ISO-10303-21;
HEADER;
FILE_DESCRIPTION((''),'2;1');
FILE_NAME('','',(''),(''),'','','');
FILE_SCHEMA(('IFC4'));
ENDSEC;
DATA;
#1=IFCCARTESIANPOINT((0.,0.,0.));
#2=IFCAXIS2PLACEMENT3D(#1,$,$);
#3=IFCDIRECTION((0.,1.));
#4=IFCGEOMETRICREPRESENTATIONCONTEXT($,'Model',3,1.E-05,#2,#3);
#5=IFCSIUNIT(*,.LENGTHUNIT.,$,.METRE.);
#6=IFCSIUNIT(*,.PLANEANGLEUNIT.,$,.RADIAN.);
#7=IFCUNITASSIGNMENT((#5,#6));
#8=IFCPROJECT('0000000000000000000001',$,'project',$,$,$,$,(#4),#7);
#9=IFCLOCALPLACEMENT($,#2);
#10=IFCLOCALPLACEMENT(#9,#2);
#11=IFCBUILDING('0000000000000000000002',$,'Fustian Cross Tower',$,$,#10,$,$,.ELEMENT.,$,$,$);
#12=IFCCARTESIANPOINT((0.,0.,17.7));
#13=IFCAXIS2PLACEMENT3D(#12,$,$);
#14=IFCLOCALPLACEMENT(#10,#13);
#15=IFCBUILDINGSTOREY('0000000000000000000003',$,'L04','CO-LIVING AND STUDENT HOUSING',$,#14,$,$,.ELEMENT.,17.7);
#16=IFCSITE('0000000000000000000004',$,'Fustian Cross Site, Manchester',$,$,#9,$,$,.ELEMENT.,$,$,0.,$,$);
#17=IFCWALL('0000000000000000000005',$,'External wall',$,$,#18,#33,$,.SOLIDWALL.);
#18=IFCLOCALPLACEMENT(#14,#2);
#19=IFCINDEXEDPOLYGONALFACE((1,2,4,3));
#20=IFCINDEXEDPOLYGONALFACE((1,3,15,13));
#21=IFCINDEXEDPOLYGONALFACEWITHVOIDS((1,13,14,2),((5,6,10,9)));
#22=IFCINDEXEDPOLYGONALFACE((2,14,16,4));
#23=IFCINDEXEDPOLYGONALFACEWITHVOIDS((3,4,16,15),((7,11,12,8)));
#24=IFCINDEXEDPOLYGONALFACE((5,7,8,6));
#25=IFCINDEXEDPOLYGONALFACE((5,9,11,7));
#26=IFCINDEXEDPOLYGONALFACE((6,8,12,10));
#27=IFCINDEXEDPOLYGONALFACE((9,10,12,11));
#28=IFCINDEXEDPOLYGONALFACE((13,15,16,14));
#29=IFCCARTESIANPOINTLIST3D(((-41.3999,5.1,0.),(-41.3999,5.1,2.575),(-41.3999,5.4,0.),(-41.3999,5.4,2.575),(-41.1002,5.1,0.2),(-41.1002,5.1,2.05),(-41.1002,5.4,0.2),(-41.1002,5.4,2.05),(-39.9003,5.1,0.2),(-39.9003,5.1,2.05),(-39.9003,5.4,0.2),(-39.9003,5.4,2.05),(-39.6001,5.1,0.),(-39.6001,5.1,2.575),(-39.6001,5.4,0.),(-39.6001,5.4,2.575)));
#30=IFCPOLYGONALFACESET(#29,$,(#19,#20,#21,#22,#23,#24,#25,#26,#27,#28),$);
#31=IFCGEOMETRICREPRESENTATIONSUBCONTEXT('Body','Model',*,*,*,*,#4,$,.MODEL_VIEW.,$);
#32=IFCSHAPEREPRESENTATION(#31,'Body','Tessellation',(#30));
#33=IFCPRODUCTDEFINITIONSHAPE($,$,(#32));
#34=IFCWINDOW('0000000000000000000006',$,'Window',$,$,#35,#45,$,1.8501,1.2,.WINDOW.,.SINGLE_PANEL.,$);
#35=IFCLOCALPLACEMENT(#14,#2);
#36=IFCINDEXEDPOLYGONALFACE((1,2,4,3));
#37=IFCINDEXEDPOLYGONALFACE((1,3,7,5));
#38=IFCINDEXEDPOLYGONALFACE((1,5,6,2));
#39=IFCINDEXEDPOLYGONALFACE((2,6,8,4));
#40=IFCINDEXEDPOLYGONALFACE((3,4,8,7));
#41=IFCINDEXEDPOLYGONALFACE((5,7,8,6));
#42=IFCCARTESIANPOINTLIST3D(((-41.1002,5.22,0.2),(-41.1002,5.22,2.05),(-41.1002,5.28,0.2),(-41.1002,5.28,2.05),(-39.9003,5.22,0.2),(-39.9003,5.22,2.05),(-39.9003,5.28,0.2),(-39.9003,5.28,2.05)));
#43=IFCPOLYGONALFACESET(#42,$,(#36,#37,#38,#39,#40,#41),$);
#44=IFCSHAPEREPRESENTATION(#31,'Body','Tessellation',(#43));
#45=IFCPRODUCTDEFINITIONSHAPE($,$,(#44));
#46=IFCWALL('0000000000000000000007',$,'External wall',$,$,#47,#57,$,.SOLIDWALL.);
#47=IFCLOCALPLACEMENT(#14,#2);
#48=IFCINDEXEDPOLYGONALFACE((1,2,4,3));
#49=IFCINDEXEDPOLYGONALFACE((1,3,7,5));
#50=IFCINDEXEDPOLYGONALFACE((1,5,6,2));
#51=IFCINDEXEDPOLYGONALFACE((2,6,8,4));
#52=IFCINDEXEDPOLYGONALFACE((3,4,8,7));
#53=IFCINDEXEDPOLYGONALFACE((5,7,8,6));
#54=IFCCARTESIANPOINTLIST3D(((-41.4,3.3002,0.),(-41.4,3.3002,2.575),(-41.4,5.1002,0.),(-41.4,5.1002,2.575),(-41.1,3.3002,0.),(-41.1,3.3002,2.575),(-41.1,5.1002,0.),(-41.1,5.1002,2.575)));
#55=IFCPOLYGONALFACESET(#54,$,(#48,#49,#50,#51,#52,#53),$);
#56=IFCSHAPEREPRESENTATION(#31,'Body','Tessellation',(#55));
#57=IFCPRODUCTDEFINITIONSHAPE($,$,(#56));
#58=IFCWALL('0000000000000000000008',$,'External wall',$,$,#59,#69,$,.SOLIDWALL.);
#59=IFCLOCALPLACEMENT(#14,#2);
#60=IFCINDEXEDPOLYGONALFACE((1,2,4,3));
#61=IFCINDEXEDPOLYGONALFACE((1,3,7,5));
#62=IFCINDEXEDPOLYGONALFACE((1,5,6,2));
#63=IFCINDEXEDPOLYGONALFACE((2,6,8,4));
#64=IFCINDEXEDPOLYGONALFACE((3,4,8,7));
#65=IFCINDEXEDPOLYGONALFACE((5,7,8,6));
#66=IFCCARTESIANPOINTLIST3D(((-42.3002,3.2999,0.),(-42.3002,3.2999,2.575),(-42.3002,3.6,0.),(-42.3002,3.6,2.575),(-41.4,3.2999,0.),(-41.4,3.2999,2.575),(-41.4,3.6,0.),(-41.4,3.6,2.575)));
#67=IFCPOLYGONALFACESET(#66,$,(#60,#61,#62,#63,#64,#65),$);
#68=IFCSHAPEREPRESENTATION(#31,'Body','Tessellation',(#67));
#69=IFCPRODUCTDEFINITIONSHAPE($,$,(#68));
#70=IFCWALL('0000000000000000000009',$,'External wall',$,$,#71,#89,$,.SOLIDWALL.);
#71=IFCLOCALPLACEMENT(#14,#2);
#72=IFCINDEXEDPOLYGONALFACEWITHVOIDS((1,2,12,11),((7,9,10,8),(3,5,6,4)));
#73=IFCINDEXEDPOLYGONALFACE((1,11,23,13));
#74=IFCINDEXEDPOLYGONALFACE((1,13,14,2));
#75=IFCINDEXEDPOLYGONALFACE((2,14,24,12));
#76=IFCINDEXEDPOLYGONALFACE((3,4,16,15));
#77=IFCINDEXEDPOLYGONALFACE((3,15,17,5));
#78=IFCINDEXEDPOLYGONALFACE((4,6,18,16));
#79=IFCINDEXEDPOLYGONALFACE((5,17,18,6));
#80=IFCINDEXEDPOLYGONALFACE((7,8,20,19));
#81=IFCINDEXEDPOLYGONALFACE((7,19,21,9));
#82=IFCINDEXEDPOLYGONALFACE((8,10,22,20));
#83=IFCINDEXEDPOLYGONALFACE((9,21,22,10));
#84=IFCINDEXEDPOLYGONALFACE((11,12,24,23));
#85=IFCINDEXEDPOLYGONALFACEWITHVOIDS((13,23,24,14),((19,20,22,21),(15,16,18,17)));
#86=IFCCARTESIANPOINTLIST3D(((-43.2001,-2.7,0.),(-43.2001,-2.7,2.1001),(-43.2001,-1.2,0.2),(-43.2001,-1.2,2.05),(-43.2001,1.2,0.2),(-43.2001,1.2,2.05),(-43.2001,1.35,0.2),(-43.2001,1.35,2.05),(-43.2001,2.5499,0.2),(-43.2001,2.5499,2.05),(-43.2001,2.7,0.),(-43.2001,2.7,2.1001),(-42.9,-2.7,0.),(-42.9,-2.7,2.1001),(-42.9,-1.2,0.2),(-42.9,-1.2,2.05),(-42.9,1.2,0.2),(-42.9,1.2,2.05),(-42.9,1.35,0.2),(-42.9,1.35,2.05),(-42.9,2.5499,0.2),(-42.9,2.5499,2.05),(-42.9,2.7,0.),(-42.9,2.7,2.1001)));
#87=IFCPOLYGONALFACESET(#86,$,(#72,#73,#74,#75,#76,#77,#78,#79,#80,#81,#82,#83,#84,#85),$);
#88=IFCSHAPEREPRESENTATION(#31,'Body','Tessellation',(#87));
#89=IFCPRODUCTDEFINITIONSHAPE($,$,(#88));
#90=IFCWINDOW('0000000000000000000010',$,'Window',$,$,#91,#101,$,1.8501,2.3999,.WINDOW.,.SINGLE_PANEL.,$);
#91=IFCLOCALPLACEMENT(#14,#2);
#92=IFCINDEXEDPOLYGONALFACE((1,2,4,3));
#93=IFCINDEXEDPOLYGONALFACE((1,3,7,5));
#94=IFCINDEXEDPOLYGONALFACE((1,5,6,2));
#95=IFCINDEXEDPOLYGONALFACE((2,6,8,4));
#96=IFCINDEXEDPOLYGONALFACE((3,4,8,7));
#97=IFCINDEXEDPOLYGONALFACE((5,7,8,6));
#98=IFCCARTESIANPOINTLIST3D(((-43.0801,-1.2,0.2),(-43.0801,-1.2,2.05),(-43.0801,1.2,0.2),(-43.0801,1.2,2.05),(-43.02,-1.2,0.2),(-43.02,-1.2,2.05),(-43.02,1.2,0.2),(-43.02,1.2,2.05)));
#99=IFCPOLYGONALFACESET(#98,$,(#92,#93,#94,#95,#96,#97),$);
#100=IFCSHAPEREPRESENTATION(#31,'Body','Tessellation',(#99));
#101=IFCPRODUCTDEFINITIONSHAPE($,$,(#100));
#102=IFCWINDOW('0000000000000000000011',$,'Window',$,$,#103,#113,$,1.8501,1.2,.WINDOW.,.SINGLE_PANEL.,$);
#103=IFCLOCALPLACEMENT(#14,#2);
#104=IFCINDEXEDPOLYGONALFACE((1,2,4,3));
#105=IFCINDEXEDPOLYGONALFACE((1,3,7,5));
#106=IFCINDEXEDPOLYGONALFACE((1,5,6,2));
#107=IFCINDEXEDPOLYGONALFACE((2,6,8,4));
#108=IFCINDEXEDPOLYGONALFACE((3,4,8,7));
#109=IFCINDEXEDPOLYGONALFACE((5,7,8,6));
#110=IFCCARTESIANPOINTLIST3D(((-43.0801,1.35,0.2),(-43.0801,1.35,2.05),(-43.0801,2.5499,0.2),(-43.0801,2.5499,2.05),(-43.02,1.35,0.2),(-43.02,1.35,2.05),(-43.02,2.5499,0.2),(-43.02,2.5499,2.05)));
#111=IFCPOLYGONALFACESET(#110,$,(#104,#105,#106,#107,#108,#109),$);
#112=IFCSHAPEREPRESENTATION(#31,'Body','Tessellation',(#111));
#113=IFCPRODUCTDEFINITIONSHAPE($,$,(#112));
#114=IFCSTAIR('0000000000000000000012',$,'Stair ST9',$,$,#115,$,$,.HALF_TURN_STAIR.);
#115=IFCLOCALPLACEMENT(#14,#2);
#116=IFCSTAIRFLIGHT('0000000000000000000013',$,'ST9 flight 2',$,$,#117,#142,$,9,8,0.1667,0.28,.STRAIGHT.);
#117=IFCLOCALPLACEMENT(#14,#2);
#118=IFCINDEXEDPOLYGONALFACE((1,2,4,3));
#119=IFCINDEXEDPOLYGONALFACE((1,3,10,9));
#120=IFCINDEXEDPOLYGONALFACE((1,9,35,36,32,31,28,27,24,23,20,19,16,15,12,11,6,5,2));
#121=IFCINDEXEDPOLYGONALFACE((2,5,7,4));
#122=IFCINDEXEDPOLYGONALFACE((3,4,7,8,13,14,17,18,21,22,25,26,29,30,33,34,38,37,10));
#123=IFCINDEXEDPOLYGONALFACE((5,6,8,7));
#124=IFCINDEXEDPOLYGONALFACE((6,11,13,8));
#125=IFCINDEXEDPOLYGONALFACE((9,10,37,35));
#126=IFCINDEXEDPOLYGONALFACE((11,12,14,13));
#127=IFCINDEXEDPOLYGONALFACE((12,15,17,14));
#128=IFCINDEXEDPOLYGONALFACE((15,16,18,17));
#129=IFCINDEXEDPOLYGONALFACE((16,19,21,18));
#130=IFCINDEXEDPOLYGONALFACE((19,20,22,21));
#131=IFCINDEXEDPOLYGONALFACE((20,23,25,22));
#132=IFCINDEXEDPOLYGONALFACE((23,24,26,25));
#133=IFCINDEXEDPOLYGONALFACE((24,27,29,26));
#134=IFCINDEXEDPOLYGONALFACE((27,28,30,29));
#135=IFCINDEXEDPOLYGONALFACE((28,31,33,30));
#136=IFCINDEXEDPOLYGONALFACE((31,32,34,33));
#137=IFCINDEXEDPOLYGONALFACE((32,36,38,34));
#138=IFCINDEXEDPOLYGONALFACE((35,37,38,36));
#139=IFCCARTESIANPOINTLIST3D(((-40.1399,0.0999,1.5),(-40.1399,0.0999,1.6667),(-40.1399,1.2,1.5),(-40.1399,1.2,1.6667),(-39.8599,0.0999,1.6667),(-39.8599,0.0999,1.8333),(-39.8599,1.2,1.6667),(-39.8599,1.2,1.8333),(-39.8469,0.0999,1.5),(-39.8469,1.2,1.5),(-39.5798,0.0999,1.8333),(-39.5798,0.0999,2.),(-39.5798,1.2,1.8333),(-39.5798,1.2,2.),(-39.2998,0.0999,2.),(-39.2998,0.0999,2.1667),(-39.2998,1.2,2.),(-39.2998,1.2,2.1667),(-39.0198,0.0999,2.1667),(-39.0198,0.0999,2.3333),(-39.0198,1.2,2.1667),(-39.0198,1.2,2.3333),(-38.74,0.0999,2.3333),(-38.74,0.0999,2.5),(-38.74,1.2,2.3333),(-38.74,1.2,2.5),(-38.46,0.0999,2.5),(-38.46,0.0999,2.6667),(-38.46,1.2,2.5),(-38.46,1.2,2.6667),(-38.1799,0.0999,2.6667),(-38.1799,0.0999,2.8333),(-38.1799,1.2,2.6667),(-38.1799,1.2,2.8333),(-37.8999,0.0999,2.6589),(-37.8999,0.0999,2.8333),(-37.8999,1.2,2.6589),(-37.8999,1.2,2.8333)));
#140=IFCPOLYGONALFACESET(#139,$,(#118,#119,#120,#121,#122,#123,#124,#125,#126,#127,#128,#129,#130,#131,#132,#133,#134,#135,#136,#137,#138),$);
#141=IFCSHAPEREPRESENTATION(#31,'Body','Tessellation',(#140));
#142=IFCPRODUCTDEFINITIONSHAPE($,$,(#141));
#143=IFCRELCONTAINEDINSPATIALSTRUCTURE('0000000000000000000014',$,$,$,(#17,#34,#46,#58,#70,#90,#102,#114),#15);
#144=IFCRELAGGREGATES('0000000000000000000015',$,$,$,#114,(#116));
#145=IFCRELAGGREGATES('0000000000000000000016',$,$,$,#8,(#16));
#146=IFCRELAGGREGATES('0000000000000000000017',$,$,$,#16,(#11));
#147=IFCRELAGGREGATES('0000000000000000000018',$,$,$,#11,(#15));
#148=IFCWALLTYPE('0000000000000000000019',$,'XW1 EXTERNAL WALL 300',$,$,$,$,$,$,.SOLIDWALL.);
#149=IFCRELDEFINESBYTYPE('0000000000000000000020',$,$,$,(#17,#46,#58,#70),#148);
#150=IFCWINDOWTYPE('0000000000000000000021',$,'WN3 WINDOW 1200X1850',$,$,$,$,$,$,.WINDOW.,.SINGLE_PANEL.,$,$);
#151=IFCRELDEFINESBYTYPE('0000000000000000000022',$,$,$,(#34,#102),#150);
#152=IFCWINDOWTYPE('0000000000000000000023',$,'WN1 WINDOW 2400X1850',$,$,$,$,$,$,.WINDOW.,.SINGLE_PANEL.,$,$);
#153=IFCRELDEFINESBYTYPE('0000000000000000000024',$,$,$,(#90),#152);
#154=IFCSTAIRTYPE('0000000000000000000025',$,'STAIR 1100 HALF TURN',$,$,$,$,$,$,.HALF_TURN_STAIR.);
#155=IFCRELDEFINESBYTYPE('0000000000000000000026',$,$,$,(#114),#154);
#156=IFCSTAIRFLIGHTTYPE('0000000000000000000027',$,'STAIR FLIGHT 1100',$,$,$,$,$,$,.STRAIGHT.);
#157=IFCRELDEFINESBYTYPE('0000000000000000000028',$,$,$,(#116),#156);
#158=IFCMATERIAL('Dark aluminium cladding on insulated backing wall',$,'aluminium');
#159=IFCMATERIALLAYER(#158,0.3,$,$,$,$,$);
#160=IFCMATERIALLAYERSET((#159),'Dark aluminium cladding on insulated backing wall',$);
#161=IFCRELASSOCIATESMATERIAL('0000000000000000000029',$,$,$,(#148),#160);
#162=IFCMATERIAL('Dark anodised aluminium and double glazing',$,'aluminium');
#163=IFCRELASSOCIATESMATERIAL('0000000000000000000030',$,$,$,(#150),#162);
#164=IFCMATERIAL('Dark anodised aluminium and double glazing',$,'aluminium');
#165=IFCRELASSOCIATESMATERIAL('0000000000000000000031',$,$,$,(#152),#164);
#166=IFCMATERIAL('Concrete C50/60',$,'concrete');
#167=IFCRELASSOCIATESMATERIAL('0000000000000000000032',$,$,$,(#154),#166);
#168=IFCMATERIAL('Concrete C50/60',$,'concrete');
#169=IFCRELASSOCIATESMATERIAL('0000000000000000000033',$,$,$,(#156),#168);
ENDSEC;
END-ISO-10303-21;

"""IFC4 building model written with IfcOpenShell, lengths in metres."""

from ifc_helpers import new_model, si_unit, direction, frame, frame_2d, origin, place, context, subcontext, project, spatial, polyline, rectangle, outline, extrude, material, layer, layer_set, type_object, element, fill, aggregate, save


model = new_model("IFC4")

# Units and contexts
model_context = context("Model", 3, precision=1e-05, world=origin(), true_north=direction((0.0, 1.0)))
body_context = subcontext(model_context, "Body", "Model", "MODEL_VIEW")
ifc_project = project(units=[si_unit("LENGTHUNIT", "METRE"), si_unit("PLANEANGLEUNIT", "RADIAN")], contexts=[model_context])

# Site, building, storey
site_placement = place(None, origin())
site = spatial("IfcSite", under=ifc_project, at=site_placement, Name="Fustian Cross Site, Manchester", CompositionType="ELEMENT", RefElevation=0.0)
building_placement = place(site_placement, origin())
building = spatial("IfcBuilding", under=site, at=building_placement, Name="Fustian Cross Tower", CompositionType="ELEMENT")
storey_placement = place(building_placement, frame((0.0, 0.0, 17.7)))
storey = spatial("IfcBuildingStorey", under=building, at=storey_placement, Name="L04", Description="CO-LIVING AND STUDENT HOUSING", CompositionType="ELEMENT", Elevation=17.7)

# Shared definitions
ifc_material_1 = material(Name="Dark aluminium cladding on insulated backing wall", Category="aluminium")
ifc_layer_1 = layer(ifc_material_1, 0.3)
ifc_layer_set_1 = layer_set([ifc_layer_1], Name="Dark aluminium cladding on insulated backing wall")
wall_type_1 = type_object("IfcWallType", Name="XW1 EXTERNAL WALL 300", PredefinedType="SOLIDWALL", material=ifc_layer_set_1)

# Wall, opening, window
wall_1_placement = place(storey_placement, frame((-39.6001, 5.25, 0.0), z_axis=(0.0, 0.0, 1.0), x_axis=(-1.0, 0.0, 0.0)))
wall_1 = element("IfcWall", 1, at=wall_1_placement, inside=storey, type_object=wall_type_1, Name="External wall", PredefinedType="SOLIDWALL", context=body_context, shape_type="SweptSolid", body=[
    extrude(rectangle(XDim=1.7998, YDim=0.3, at=frame_2d((0.8999, 0.0))), origin(), (0.0, 0.0, 1.0), 2.575),
])
opening_1_placement = place(wall_1_placement, frame((0.3, 0.0, 0.2)))
opening_1 = element("IfcOpeningElement", 2, at=opening_1_placement, cuts=wall_1, PredefinedType="OPENING", context=body_context, shape_type="SweptSolid", body=[
    extrude(rectangle(XDim=1.2, YDim=1.8501, at=frame_2d((0.6001, 0.925))), frame((0.0, 0.1599, 0.0), z_axis=(0.0, -1.0, 0.0), x_axis=(1.0, 0.0, 0.0)), (0.0, 0.0, 1.0), 0.3201),
])
ifc_material_2 = material(Name="Dark anodised aluminium and double glazing", Category="aluminium")
window_type_1 = type_object("IfcWindowType", Name="WN3 WINDOW 1200X1850", PartitioningType="SINGLE_PANEL", PredefinedType="WINDOW", material=ifc_material_2)
window_1_placement = place(opening_1_placement, origin())
window_1 = element("IfcWindow", 3, at=window_1_placement, inside=storey, type_object=window_type_1, Name="Window", OverallHeight=1.8501, OverallWidth=1.2, PartitioningType="SINGLE_PANEL", PredefinedType="WINDOW", context=body_context, shape_type="SweptSolid", body=[
    extrude(rectangle(XDim=1.2, YDim=1.8501, at=frame_2d((0.6001, 0.925))), frame((0.0, 0.03, 0.0), z_axis=(0.0, -1.0, 0.0), x_axis=(1.0, 0.0, 0.0)), (0.0, 0.0, 1.0), 0.0601),
])
fill(opening_1, window_1)

# Walls
wall_2_placement = place(storey_placement, frame((-41.25, 5.1001, 0.0), z_axis=(0.0, 0.0, 1.0), x_axis=(0.0, -1.0, 0.0)))
element("IfcWall", 4, at=wall_2_placement, inside=storey, type_object=wall_type_1, Name="External wall", PredefinedType="SOLIDWALL", context=body_context, shape_type="SweptSolid", body=[
    extrude(rectangle(XDim=1.8, YDim=0.3, at=frame_2d((0.8999, 0.0))), origin(), (0.0, 0.0, 1.0), 2.575),
])
wall_3_placement = place(storey_placement, frame((-41.3999, 3.45, 0.0), z_axis=(0.0, 0.0, 1.0), x_axis=(-1.0, 0.0, 0.0)))
element("IfcWall", 5, at=wall_3_placement, inside=storey, type_object=wall_type_1, Name="External wall", PredefinedType="SOLIDWALL", context=body_context, shape_type="SweptSolid", body=[
    extrude(rectangle(XDim=0.9001, YDim=0.3, at=frame_2d((0.4502, 0.0))), origin(), (0.0, 0.0, 1.0), 2.575),
])

# Wall, openings, windows
wall_4_placement = place(storey_placement, frame((-43.05, 2.7, 0.0), z_axis=(0.0, 0.0, 1.0), x_axis=(0.0, -1.0, 0.0)))
wall_4 = element("IfcWall", 6, at=wall_4_placement, inside=storey, type_object=wall_type_1, Name="External wall", PredefinedType="SOLIDWALL", context=body_context, shape_type="SweptSolid", body=[
    extrude(rectangle(XDim=5.3999, YDim=0.3, at=frame_2d((2.7, 0.0))), origin(), (0.0, 0.0, 1.0), 2.1001),
])
opening_2_placement = place(wall_4_placement, frame((1.5, 0.0, 0.2)))
opening_2 = element("IfcOpeningElement", 7, at=opening_2_placement, cuts=wall_4, PredefinedType="OPENING", context=body_context, shape_type="SweptSolid", body=[
    extrude(rectangle(XDim=2.3999, YDim=1.8501, at=frame_2d((1.2, 0.925))), frame((0.0, 0.1599, 0.0), z_axis=(0.0, -1.0, 0.0), x_axis=(1.0, 0.0, 0.0)), (0.0, 0.0, 1.0), 0.3201),
])
opening_3_placement = place(wall_4_placement, frame((0.1499, 0.0, 0.2)))
opening_3 = element("IfcOpeningElement", 8, at=opening_3_placement, cuts=wall_4, PredefinedType="OPENING", context=body_context, shape_type="SweptSolid", body=[
    extrude(rectangle(XDim=1.2, YDim=1.8501, at=frame_2d((0.6001, 0.925))), frame((0.0, 0.1599, 0.0), z_axis=(0.0, -1.0, 0.0), x_axis=(1.0, 0.0, 0.0)), (0.0, 0.0, 1.0), 0.3201),
])
ifc_material_3 = material(Name="Dark anodised aluminium and double glazing", Category="aluminium")
window_type_2 = type_object("IfcWindowType", Name="WN1 WINDOW 2400X1850", PartitioningType="SINGLE_PANEL", PredefinedType="WINDOW", material=ifc_material_3)
window_2_placement = place(opening_2_placement, origin())
window_2 = element("IfcWindow", 9, at=window_2_placement, inside=storey, type_object=window_type_2, Name="Window", OverallHeight=1.8501, OverallWidth=2.3999, PartitioningType="SINGLE_PANEL", PredefinedType="WINDOW", context=body_context, shape_type="SweptSolid", body=[
    extrude(rectangle(XDim=2.3999, YDim=1.8501, at=frame_2d((1.2, 0.925))), frame((0.0, 0.03, 0.0), z_axis=(0.0, -1.0, 0.0), x_axis=(1.0, 0.0, 0.0)), (0.0, 0.0, 1.0), 0.0601),
])
fill(opening_2, window_2)
window_3_placement = place(opening_3_placement, origin())
window_3 = element("IfcWindow", 10, at=window_3_placement, inside=storey, type_object=window_type_1, Name="Window", OverallHeight=1.8501, OverallWidth=1.2, PartitioningType="SINGLE_PANEL", PredefinedType="WINDOW", context=body_context, shape_type="SweptSolid", body=[
    extrude(rectangle(XDim=1.2, YDim=1.8501, at=frame_2d((0.6001, 0.925))), frame((0.0, 0.03, 0.0), z_axis=(0.0, -1.0, 0.0), x_axis=(1.0, 0.0, 0.0)), (0.0, 0.0, 1.0), 0.0601),
])
fill(opening_3, window_3)

# Stair, stair flight
ifc_material_4 = material(Name="Concrete C50/60", Category="concrete")
stair_type = type_object("IfcStairType", Name="STAIR 1100 HALF TURN", PredefinedType="HALF_TURN_STAIR", material=ifc_material_4)
stair_placement = place(storey_placement, origin())
stair = element("IfcStair", 11, at=stair_placement, inside=storey, type_object=stair_type, Name="Stair ST9", PredefinedType="HALF_TURN_STAIR")
ifc_material_5 = material(Name="Concrete C50/60", Category="concrete")
stair_flight_type = type_object("IfcStairFlightType", Name="STAIR FLIGHT 1100", PredefinedType="STRAIGHT", material=ifc_material_5)
stair_flight_placement = place(storey_placement, frame((-40.1399, 0.6499, 1.5), z_axis=(0.0, 0.0, 1.0), x_axis=(1.0, 0.0, 0.0)))
stair_flight = element("IfcStairFlight", 12, at=stair_flight_placement, type_object=stair_flight_type, Name="ST9 flight 2", NumberOfRisers=9, NumberOfTreads=8, PredefinedType="STRAIGHT", RiserHeight=0.1667, TreadLength=0.28, context=body_context, shape_type="SweptSolid", body=[
    extrude(outline(polyline([(0.0, 0.0), (0.0, 0.1667), (0.28, 0.1667), (0.28, 0.3333), (0.5601, 0.3333), (0.5601, 0.5), (0.8401, 0.5), (0.8401, 0.6667), (1.1201, 0.6667), (1.1201, 0.8333), (1.3999, 0.8333), (1.3999, 1.0), (1.6799, 1.0), (1.6799, 1.1667), (1.96, 1.1667), (1.96, 1.3333), (2.24, 1.3333), (2.24, 1.5), (2.24, 1.1589), (0.293, 0.0), (0.0, 0.0)])), frame((0.0, 0.55, 0.0), z_axis=(0.0, -1.0, 0.0), x_axis=(1.0, 0.0, 0.0)), (0.0, 0.0, 1.0), 1.1001),
])
aggregate(stair, [stair_flight])

save(model, "model.ifc")
